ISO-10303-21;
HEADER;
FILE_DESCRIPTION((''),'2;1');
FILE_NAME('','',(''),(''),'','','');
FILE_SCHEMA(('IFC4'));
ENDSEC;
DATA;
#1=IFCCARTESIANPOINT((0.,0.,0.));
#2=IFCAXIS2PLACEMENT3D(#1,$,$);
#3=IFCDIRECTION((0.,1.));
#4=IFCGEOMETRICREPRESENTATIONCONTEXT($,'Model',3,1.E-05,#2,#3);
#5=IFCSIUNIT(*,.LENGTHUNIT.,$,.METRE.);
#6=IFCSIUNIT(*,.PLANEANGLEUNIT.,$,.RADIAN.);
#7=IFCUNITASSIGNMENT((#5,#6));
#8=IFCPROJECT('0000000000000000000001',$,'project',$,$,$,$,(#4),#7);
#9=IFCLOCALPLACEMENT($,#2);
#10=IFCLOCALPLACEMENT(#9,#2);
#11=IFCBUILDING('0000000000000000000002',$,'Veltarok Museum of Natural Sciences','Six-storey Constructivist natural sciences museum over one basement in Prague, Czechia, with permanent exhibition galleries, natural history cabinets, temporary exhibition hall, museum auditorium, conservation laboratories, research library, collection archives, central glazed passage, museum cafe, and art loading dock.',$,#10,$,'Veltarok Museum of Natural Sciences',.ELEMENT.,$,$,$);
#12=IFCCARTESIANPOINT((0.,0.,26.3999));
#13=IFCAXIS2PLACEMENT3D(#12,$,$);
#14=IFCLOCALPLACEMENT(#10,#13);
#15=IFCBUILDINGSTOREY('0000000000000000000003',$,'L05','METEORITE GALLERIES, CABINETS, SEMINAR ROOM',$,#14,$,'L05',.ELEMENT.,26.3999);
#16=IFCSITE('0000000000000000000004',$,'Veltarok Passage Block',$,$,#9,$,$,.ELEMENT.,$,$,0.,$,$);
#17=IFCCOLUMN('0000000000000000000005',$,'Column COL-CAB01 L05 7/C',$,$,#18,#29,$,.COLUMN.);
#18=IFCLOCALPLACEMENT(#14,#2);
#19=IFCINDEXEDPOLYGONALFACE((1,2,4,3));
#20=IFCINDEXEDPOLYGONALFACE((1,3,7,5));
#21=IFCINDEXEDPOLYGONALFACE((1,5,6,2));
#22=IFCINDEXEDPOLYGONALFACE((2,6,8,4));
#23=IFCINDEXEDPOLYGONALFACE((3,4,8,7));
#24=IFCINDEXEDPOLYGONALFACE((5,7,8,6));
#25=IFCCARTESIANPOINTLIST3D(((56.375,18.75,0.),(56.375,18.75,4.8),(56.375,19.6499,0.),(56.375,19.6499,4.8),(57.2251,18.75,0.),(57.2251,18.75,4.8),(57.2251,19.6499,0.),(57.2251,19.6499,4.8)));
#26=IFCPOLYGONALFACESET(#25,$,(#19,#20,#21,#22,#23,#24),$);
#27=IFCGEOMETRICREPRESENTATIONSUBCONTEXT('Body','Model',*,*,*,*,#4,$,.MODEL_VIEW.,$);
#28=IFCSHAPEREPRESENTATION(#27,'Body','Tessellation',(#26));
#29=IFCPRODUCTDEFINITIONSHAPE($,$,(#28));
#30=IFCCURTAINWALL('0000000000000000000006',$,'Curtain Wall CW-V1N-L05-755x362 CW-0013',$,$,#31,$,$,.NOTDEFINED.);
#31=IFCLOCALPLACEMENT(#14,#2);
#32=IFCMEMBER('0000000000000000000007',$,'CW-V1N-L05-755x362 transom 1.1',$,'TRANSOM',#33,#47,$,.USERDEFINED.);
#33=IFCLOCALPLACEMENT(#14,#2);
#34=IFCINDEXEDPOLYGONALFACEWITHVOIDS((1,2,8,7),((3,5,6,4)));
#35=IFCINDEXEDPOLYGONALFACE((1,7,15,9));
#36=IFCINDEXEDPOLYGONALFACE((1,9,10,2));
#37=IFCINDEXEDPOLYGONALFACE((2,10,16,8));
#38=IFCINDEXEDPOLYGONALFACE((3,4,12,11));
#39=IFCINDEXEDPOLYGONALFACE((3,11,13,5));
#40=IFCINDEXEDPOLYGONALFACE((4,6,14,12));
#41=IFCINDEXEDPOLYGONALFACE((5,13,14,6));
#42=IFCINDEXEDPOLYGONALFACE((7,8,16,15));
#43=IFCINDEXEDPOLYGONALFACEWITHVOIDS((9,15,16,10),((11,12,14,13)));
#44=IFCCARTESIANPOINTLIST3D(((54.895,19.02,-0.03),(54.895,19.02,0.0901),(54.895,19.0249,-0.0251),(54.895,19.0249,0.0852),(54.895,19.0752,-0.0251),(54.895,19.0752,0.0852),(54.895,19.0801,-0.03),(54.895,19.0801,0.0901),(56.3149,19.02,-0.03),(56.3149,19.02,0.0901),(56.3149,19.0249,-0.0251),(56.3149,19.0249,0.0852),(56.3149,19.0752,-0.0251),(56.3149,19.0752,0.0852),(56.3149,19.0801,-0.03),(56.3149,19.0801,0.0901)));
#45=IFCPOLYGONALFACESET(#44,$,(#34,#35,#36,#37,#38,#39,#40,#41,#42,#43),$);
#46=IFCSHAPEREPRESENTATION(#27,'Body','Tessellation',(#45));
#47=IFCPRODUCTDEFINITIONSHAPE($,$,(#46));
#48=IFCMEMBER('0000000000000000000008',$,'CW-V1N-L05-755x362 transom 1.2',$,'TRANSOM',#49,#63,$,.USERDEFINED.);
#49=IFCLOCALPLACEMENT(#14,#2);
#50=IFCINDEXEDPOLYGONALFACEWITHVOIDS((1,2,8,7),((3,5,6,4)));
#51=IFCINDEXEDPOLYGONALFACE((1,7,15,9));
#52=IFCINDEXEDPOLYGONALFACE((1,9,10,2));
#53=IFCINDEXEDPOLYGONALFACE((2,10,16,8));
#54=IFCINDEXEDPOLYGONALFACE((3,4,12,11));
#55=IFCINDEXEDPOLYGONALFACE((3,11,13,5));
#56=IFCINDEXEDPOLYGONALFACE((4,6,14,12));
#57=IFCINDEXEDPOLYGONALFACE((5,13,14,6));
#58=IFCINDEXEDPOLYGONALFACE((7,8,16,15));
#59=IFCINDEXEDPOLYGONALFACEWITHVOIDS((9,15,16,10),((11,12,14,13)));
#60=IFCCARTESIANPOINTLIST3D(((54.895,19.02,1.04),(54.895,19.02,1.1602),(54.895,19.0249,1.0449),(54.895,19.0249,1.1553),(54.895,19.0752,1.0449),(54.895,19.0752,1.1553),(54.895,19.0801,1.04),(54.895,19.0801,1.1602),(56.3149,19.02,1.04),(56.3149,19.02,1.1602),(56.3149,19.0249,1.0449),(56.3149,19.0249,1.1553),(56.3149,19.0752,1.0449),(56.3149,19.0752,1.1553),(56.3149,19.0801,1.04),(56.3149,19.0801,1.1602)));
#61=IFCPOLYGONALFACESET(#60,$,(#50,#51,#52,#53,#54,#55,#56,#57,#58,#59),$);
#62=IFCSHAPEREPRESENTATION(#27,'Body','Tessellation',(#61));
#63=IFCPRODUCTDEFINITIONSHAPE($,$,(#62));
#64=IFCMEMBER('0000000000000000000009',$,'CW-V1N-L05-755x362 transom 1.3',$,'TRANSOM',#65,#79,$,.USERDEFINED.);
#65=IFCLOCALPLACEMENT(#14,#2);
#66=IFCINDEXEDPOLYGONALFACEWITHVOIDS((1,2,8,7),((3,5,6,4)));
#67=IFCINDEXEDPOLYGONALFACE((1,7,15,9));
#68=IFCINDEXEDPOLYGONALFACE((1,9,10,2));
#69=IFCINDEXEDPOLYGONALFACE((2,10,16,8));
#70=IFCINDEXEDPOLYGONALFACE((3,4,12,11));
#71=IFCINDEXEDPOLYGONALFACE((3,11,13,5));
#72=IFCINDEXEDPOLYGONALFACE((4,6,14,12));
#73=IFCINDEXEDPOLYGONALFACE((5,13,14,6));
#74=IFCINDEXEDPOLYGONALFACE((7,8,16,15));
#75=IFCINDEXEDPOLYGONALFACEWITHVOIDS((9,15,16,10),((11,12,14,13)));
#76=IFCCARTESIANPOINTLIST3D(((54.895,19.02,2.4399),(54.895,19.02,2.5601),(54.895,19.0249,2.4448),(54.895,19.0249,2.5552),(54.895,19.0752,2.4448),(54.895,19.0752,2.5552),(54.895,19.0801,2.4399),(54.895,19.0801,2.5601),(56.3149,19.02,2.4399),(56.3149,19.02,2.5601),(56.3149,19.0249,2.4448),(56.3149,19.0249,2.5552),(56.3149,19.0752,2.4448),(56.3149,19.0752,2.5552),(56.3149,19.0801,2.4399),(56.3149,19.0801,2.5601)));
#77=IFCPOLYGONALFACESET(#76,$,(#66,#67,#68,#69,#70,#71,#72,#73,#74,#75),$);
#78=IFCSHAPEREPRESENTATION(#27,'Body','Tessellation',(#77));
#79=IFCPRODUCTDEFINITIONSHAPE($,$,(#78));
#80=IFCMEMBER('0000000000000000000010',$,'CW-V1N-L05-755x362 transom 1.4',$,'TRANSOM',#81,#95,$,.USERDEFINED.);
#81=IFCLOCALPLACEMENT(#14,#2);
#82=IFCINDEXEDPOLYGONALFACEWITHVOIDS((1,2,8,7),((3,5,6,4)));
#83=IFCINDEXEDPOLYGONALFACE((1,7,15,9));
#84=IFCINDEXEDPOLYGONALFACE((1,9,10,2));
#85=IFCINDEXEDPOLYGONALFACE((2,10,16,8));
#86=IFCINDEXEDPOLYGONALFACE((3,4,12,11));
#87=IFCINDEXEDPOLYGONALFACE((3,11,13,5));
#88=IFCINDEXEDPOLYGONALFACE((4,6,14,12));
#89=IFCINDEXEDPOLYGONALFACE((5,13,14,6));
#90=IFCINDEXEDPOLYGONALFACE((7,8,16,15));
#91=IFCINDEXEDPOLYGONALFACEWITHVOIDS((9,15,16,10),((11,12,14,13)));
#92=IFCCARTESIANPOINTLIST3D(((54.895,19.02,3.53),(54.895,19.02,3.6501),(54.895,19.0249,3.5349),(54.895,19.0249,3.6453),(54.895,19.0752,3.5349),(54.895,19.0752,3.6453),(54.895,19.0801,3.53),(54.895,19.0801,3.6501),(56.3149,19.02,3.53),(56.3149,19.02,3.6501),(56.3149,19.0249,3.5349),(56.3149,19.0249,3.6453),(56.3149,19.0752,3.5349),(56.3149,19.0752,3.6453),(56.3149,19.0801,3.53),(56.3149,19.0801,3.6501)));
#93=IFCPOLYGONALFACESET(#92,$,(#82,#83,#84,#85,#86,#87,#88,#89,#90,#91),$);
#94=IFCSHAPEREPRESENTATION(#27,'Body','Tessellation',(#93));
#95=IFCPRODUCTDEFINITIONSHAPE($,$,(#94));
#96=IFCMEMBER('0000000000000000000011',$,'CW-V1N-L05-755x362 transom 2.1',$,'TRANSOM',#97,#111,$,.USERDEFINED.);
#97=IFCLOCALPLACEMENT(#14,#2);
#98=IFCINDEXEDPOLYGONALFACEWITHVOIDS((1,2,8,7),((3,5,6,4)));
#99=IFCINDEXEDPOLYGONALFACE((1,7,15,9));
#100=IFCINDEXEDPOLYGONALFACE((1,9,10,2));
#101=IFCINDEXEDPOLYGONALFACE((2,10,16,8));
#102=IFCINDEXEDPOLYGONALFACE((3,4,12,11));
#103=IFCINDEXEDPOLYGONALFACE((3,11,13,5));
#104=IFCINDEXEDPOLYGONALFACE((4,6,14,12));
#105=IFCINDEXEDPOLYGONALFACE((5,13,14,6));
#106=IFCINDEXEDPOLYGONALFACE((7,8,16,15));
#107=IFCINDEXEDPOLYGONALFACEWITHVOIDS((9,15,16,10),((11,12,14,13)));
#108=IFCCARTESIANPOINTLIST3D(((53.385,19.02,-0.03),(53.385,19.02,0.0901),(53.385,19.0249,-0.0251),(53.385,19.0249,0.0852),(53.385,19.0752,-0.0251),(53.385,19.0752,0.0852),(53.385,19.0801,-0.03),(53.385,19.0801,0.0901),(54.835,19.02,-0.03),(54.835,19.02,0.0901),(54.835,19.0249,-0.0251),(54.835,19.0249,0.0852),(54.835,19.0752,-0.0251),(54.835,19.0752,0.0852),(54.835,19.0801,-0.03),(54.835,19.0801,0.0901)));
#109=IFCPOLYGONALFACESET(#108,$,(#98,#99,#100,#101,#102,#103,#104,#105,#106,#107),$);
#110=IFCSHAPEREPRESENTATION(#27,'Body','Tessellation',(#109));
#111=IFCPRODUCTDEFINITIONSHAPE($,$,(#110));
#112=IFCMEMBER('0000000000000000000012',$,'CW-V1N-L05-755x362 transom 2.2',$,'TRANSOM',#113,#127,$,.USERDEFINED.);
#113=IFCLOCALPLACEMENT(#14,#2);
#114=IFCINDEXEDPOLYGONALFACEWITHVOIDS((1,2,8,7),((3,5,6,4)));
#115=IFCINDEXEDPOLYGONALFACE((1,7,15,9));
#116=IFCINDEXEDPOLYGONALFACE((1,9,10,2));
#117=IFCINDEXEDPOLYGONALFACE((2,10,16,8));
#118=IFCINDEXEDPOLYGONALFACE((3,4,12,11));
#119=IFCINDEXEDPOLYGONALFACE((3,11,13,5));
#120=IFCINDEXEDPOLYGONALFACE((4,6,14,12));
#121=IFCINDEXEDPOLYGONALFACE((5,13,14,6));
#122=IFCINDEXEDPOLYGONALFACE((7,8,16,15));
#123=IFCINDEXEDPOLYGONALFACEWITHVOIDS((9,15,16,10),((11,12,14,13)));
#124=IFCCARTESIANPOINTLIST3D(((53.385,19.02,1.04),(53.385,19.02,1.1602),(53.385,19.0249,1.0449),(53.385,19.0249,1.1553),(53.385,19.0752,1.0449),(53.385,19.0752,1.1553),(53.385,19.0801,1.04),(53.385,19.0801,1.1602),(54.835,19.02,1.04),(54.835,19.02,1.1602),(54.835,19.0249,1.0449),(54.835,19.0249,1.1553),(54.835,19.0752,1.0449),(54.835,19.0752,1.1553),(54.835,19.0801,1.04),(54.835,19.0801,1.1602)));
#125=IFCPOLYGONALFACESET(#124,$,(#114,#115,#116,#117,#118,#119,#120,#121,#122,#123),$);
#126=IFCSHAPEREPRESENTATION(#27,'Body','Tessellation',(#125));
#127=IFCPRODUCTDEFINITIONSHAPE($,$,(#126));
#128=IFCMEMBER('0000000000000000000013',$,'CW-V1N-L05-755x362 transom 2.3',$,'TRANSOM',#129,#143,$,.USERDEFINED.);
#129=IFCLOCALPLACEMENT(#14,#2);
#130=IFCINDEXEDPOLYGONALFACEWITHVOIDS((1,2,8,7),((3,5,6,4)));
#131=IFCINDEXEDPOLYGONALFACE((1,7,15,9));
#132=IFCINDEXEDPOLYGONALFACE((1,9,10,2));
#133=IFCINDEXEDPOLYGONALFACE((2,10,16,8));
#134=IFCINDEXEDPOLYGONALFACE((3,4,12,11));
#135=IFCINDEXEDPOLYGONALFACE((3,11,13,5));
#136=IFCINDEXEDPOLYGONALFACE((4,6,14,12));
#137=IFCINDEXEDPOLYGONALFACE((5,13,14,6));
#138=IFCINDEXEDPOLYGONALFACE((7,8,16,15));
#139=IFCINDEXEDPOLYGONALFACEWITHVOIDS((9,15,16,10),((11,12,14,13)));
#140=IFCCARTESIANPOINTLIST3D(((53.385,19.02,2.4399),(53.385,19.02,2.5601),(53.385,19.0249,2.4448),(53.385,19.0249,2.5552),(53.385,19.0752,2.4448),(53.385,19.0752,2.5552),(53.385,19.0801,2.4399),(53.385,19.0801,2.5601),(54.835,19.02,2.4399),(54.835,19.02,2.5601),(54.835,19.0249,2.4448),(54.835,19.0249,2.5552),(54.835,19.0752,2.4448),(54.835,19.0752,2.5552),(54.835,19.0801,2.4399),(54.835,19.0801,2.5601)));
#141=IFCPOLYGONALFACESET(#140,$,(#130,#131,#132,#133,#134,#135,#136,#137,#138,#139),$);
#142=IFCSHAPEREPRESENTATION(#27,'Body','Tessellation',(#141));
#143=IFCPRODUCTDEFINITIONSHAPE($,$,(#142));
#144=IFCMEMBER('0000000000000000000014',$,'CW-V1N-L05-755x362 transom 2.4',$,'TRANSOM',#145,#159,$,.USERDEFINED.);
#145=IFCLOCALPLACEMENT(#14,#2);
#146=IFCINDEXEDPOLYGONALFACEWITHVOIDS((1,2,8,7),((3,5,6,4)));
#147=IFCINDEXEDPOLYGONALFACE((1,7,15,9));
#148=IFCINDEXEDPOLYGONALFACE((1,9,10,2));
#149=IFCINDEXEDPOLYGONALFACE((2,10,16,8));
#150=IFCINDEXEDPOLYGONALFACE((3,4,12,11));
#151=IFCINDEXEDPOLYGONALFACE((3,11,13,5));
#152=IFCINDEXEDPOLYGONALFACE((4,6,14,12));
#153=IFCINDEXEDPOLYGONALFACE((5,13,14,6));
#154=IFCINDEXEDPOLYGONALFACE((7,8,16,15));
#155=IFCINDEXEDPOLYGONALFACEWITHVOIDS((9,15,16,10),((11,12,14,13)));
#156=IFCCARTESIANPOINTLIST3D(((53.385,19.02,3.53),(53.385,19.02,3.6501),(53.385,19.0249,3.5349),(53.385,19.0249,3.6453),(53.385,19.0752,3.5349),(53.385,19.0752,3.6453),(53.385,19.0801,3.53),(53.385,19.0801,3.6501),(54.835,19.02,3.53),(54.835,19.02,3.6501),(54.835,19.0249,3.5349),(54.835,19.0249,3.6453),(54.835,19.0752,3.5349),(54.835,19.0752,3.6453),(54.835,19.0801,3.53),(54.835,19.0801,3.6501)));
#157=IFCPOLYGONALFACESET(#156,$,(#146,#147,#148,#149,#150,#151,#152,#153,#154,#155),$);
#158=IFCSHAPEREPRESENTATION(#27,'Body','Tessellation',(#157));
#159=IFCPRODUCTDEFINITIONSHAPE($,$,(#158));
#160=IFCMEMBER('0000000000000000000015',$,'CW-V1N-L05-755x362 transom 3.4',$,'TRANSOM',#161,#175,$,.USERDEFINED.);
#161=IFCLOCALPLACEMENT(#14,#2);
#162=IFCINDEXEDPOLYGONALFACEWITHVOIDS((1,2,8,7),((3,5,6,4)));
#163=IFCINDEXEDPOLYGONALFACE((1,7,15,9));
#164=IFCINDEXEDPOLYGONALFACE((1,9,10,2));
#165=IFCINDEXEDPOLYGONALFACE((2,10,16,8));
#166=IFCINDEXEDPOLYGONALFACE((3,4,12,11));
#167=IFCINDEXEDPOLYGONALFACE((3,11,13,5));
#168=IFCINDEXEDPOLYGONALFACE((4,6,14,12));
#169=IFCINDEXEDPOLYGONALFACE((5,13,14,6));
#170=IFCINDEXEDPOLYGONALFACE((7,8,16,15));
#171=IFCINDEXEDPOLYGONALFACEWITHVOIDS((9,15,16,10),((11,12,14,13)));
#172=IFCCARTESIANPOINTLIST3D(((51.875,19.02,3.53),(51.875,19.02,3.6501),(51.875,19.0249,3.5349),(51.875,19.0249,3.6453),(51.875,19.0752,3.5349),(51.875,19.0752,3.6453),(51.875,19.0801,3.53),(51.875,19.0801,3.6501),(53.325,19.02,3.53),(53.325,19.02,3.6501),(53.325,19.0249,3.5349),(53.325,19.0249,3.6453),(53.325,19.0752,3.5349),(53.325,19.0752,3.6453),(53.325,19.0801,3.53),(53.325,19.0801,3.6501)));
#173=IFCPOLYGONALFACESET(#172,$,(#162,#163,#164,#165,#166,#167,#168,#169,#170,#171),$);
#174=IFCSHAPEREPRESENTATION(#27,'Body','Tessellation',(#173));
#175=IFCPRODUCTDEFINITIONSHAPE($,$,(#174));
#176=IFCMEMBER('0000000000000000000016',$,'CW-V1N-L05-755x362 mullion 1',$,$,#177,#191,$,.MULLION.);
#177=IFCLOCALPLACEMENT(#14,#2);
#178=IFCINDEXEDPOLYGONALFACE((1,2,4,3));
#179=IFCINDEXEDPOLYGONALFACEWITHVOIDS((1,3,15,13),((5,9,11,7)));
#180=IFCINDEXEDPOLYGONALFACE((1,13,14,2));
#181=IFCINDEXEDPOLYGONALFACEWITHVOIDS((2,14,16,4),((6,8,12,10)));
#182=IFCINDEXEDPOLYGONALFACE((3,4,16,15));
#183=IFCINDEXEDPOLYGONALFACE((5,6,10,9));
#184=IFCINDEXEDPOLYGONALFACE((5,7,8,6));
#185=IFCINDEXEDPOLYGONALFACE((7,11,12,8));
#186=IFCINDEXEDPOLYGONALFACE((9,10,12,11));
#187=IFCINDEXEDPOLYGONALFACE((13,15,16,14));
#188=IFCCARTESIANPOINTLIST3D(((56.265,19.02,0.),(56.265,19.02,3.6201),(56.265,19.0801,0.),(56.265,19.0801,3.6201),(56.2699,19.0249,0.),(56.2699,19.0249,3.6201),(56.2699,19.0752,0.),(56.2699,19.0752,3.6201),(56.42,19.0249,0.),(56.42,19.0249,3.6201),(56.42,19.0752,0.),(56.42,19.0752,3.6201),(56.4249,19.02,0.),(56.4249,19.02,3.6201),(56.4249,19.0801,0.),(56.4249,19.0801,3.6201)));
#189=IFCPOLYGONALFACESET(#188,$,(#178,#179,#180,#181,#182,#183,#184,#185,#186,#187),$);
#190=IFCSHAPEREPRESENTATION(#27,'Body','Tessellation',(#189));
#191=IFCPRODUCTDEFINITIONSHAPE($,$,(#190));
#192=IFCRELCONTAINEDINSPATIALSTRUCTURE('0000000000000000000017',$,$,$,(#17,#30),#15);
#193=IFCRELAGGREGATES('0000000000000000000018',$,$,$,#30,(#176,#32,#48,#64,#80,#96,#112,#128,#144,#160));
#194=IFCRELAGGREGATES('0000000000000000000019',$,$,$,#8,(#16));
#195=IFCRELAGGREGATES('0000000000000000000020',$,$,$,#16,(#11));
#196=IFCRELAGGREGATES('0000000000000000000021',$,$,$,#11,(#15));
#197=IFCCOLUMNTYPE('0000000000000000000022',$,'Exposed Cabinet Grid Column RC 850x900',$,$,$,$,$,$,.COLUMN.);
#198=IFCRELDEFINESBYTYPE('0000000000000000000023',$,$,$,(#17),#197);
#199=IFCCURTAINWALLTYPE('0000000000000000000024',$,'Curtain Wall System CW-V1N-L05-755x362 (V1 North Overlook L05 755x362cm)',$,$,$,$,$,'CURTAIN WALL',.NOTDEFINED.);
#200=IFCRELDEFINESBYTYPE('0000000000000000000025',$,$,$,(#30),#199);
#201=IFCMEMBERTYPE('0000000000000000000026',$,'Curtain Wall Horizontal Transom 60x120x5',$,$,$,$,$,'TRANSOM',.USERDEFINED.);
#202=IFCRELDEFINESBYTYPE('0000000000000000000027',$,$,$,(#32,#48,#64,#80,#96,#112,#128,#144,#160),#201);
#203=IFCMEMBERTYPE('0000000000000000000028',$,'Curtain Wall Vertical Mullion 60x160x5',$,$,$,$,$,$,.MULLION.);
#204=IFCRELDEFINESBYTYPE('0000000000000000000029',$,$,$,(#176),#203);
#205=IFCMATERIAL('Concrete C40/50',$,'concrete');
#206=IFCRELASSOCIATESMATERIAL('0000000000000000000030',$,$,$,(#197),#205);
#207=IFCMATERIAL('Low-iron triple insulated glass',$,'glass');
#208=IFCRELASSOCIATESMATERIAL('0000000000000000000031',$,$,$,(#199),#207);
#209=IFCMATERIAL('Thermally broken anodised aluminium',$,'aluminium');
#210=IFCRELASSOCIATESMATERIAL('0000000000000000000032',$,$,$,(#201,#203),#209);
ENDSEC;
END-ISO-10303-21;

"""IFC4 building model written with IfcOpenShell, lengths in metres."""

from ifc_helpers import new_model, si_unit, direction, frame, origin, origin_2d, place, context, subcontext, project, spatial, rectangle, hollow_rectangle, extrude, material, material_profile, profile_set, type_object, element, aggregate, save


model = new_model("IFC4")

# Units and contexts
model_context = context("Model", 3, precision=1e-05, world=origin(), true_north=direction((0.0, 1.0)))
body_context = subcontext(model_context, "Body", "Model", "MODEL_VIEW")
ifc_project = project(units=[si_unit("LENGTHUNIT", "METRE"), si_unit("PLANEANGLEUNIT", "RADIAN")], contexts=[model_context])

# Site, building, storey
site_placement = place(None, origin())
site = spatial("IfcSite", under=ifc_project, at=site_placement, Name="Veltarok Passage Block", CompositionType="ELEMENT", RefElevation=0.0)
building_placement = place(site_placement, origin())
building = spatial("IfcBuilding", under=site, at=building_placement, Name="Veltarok Museum of Natural Sciences", Description="Six-storey Constructivist natural sciences museum over one basement in Prague, Czechia, with permanent exhibition galleries, natural history cabinets, temporary exhibition hall, museum auditorium, conservation laboratories, research library, collection archives, central glazed passage, museum cafe, and art loading dock.", LongName="Veltarok Museum of Natural Sciences", CompositionType="ELEMENT")
storey_placement = place(building_placement, frame((0.0, 0.0, 26.3999)))
storey = spatial("IfcBuildingStorey", under=building, at=storey_placement, Name="L05", Description="METEORITE GALLERIES, CABINETS, SEMINAR ROOM", LongName="L05", CompositionType="ELEMENT", Elevation=26.3999)

# Column
ifc_material_1 = material(Name="Concrete C40/50", Category="concrete")
ifc_material_profile_1 = material_profile(ifc_material_1, rectangle(XDim=0.8501, YDim=0.8999, at=origin_2d()), Name="RC 850x900")
ifc_profile_set_1 = profile_set([ifc_material_profile_1], Name="Concrete C40/50")
column_type = type_object("IfcColumnType", Name="Exposed Cabinet Grid Column RC 850x900", PredefinedType="COLUMN", material=ifc_profile_set_1)
column_placement = place(storey_placement, frame((56.8, 19.2, 0.0), z_axis=(0.0, 0.0, 1.0), x_axis=(1.0, 0.0, 0.0)))
element("IfcColumn", 1, at=column_placement, inside=storey, type_object=column_type, Name="Column COL-CAB01 L05 7/C", PredefinedType="COLUMN", context=body_context, shape_type="SweptSolid", body=[
    extrude(rectangle(XDim=0.8501, YDim=0.8999, at=origin_2d()), origin(), (0.0, 0.0, 1.0), 4.8),
])

# Curtain wall, members
ifc_material_2 = material(Name="Low-iron triple insulated glass", Category="glass")
curtain_wall_type = type_object("IfcCurtainWallType", Name="Curtain Wall System CW-V1N-L05-755x362 (V1 North Overlook L05 755x362cm)", ElementType="CURTAIN WALL", PredefinedType="NOTDEFINED", material=ifc_material_2)
curtain_wall_1_placement = place(storey_placement, origin())
curtain_wall_1 = element("IfcCurtainWall", 2, at=curtain_wall_1_placement, inside=storey, type_object=curtain_wall_type, Name="Curtain Wall CW-V1N-L05-755x362 CW-0013", PredefinedType="NOTDEFINED")
ifc_material_3 = material(Name="Thermally broken anodised aluminium", Category="aluminium")
ifc_material_profile_2 = material_profile(ifc_material_3, hollow_rectangle(XDim=0.0601, YDim=0.1201, WallThickness=0.0049, at=origin_2d()), Name="CW TRANSOM 60x120x5")
ifc_profile_set_2 = profile_set([ifc_material_profile_2], Name="Thermally broken anodised aluminium")
member_type_1 = type_object("IfcMemberType", Name="Curtain Wall Horizontal Transom 60x120x5", ElementType="TRANSOM", PredefinedType="USERDEFINED", material=ifc_profile_set_2)
member_1_placement = place(storey_placement, frame((56.3149, 19.05, 0.03), z_axis=(-1.0, 0.0, 0.0), x_axis=(0.0, -1.0, 0.0)))
member_1 = element("IfcMember", 3, at=member_1_placement, type_object=member_type_1, Name="CW-V1N-L05-755x362 transom 1.1", ObjectType="TRANSOM", PredefinedType="USERDEFINED", context=body_context, shape_type="SweptSolid", body=[
    extrude(hollow_rectangle(XDim=0.0601, YDim=0.1201, WallThickness=0.0049, at=origin_2d()), origin(), (0.0, 0.0, 1.0), 1.4199),
])
member_2_placement = place(storey_placement, frame((56.3149, 19.05, 1.1001), z_axis=(-1.0, 0.0, 0.0), x_axis=(0.0, -1.0, 0.0)))
member_2 = element("IfcMember", 4, at=member_2_placement, type_object=member_type_1, Name="CW-V1N-L05-755x362 transom 1.2", ObjectType="TRANSOM", PredefinedType="USERDEFINED", context=body_context, shape_type="SweptSolid", body=[
    extrude(hollow_rectangle(XDim=0.0601, YDim=0.1201, WallThickness=0.0049, at=origin_2d()), origin(), (0.0, 0.0, 1.0), 1.4199),
])
member_3_placement = place(storey_placement, frame((56.3149, 19.05, 2.5), z_axis=(-1.0, 0.0, 0.0), x_axis=(0.0, -1.0, 0.0)))
member_3 = element("IfcMember", 5, at=member_3_placement, type_object=member_type_1, Name="CW-V1N-L05-755x362 transom 1.3", ObjectType="TRANSOM", PredefinedType="USERDEFINED", context=body_context, shape_type="SweptSolid", body=[
    extrude(hollow_rectangle(XDim=0.0601, YDim=0.1201, WallThickness=0.0049, at=origin_2d()), origin(), (0.0, 0.0, 1.0), 1.4199),
])
member_4_placement = place(storey_placement, frame((56.3149, 19.05, 3.5901), z_axis=(-1.0, 0.0, 0.0), x_axis=(0.0, -1.0, 0.0)))
member_4 = element("IfcMember", 6, at=member_4_placement, type_object=member_type_1, Name="CW-V1N-L05-755x362 transom 1.4", ObjectType="TRANSOM", PredefinedType="USERDEFINED", context=body_context, shape_type="SweptSolid", body=[
    extrude(hollow_rectangle(XDim=0.0601, YDim=0.1201, WallThickness=0.0049, at=origin_2d()), origin(), (0.0, 0.0, 1.0), 1.4199),
])
member_5_placement = place(storey_placement, frame((54.835, 19.05, 0.03), z_axis=(-1.0, 0.0, 0.0), x_axis=(0.0, -1.0, 0.0)))
member_5 = element("IfcMember", 7, at=member_5_placement, type_object=member_type_1, Name="CW-V1N-L05-755x362 transom 2.1", ObjectType="TRANSOM", PredefinedType="USERDEFINED", context=body_context, shape_type="SweptSolid", body=[
    extrude(hollow_rectangle(XDim=0.0601, YDim=0.1201, WallThickness=0.0049, at=origin_2d()), origin(), (0.0, 0.0, 1.0), 1.45),
])
member_6_placement = place(storey_placement, frame((54.835, 19.05, 1.1001), z_axis=(-1.0, 0.0, 0.0), x_axis=(0.0, -1.0, 0.0)))
member_6 = element("IfcMember", 8, at=member_6_placement, type_object=member_type_1, Name="CW-V1N-L05-755x362 transom 2.2", ObjectType="TRANSOM", PredefinedType="USERDEFINED", context=body_context, shape_type="SweptSolid", body=[
    extrude(hollow_rectangle(XDim=0.0601, YDim=0.1201, WallThickness=0.0049, at=origin_2d()), origin(), (0.0, 0.0, 1.0), 1.45),
])
member_7_placement = place(storey_placement, frame((54.835, 19.05, 2.5), z_axis=(-1.0, 0.0, 0.0), x_axis=(0.0, -1.0, 0.0)))
member_7 = element("IfcMember", 9, at=member_7_placement, type_object=member_type_1, Name="CW-V1N-L05-755x362 transom 2.3", ObjectType="TRANSOM", PredefinedType="USERDEFINED", context=body_context, shape_type="SweptSolid", body=[
    extrude(hollow_rectangle(XDim=0.0601, YDim=0.1201, WallThickness=0.0049, at=origin_2d()), origin(), (0.0, 0.0, 1.0), 1.45),
])
member_8_placement = place(storey_placement, frame((54.835, 19.05, 3.5901), z_axis=(-1.0, 0.0, 0.0), x_axis=(0.0, -1.0, 0.0)))
member_8 = element("IfcMember", 10, at=member_8_placement, type_object=member_type_1, Name="CW-V1N-L05-755x362 transom 2.4", ObjectType="TRANSOM", PredefinedType="USERDEFINED", context=body_context, shape_type="SweptSolid", body=[
    extrude(hollow_rectangle(XDim=0.0601, YDim=0.1201, WallThickness=0.0049, at=origin_2d()), origin(), (0.0, 0.0, 1.0), 1.45),
])
member_9_placement = place(storey_placement, frame((53.325, 19.05, 3.5901), z_axis=(-1.0, 0.0, 0.0), x_axis=(0.0, -1.0, 0.0)))
member_9 = element("IfcMember", 11, at=member_9_placement, type_object=member_type_1, Name="CW-V1N-L05-755x362 transom 3.4", ObjectType="TRANSOM", PredefinedType="USERDEFINED", context=body_context, shape_type="SweptSolid", body=[
    extrude(hollow_rectangle(XDim=0.0601, YDim=0.1201, WallThickness=0.0049, at=origin_2d()), origin(), (0.0, 0.0, 1.0), 1.45),
])
ifc_material_profile_3 = material_profile(ifc_material_3, hollow_rectangle(XDim=0.0601, YDim=0.1599, WallThickness=0.0049, at=origin_2d()), Name="CW MULLION 60x160x5")
ifc_profile_set_3 = profile_set([ifc_material_profile_3], Name="Thermally broken anodised aluminium")
member_type_2 = type_object("IfcMemberType", Name="Curtain Wall Vertical Mullion 60x160x5", PredefinedType="MULLION", material=ifc_profile_set_3)
member_10_placement = place(storey_placement, frame((56.345, 19.05, 0.0), z_axis=(0.0, 0.0, 1.0), x_axis=(0.0, -1.0, 0.0)))
member_10 = element("IfcMember", 12, at=member_10_placement, type_object=member_type_2, Name="CW-V1N-L05-755x362 mullion 1", PredefinedType="MULLION", context=body_context, shape_type="SweptSolid", body=[
    extrude(hollow_rectangle(XDim=0.0601, YDim=0.1599, WallThickness=0.0049, at=origin_2d()), origin(), (0.0, 0.0, 1.0), 3.6201),
])

aggregate(curtain_wall_1, [member_10, member_1, member_2, member_3, member_4, member_5, member_6, member_7, member_8, member_9])

save(model, "model.ifc")
